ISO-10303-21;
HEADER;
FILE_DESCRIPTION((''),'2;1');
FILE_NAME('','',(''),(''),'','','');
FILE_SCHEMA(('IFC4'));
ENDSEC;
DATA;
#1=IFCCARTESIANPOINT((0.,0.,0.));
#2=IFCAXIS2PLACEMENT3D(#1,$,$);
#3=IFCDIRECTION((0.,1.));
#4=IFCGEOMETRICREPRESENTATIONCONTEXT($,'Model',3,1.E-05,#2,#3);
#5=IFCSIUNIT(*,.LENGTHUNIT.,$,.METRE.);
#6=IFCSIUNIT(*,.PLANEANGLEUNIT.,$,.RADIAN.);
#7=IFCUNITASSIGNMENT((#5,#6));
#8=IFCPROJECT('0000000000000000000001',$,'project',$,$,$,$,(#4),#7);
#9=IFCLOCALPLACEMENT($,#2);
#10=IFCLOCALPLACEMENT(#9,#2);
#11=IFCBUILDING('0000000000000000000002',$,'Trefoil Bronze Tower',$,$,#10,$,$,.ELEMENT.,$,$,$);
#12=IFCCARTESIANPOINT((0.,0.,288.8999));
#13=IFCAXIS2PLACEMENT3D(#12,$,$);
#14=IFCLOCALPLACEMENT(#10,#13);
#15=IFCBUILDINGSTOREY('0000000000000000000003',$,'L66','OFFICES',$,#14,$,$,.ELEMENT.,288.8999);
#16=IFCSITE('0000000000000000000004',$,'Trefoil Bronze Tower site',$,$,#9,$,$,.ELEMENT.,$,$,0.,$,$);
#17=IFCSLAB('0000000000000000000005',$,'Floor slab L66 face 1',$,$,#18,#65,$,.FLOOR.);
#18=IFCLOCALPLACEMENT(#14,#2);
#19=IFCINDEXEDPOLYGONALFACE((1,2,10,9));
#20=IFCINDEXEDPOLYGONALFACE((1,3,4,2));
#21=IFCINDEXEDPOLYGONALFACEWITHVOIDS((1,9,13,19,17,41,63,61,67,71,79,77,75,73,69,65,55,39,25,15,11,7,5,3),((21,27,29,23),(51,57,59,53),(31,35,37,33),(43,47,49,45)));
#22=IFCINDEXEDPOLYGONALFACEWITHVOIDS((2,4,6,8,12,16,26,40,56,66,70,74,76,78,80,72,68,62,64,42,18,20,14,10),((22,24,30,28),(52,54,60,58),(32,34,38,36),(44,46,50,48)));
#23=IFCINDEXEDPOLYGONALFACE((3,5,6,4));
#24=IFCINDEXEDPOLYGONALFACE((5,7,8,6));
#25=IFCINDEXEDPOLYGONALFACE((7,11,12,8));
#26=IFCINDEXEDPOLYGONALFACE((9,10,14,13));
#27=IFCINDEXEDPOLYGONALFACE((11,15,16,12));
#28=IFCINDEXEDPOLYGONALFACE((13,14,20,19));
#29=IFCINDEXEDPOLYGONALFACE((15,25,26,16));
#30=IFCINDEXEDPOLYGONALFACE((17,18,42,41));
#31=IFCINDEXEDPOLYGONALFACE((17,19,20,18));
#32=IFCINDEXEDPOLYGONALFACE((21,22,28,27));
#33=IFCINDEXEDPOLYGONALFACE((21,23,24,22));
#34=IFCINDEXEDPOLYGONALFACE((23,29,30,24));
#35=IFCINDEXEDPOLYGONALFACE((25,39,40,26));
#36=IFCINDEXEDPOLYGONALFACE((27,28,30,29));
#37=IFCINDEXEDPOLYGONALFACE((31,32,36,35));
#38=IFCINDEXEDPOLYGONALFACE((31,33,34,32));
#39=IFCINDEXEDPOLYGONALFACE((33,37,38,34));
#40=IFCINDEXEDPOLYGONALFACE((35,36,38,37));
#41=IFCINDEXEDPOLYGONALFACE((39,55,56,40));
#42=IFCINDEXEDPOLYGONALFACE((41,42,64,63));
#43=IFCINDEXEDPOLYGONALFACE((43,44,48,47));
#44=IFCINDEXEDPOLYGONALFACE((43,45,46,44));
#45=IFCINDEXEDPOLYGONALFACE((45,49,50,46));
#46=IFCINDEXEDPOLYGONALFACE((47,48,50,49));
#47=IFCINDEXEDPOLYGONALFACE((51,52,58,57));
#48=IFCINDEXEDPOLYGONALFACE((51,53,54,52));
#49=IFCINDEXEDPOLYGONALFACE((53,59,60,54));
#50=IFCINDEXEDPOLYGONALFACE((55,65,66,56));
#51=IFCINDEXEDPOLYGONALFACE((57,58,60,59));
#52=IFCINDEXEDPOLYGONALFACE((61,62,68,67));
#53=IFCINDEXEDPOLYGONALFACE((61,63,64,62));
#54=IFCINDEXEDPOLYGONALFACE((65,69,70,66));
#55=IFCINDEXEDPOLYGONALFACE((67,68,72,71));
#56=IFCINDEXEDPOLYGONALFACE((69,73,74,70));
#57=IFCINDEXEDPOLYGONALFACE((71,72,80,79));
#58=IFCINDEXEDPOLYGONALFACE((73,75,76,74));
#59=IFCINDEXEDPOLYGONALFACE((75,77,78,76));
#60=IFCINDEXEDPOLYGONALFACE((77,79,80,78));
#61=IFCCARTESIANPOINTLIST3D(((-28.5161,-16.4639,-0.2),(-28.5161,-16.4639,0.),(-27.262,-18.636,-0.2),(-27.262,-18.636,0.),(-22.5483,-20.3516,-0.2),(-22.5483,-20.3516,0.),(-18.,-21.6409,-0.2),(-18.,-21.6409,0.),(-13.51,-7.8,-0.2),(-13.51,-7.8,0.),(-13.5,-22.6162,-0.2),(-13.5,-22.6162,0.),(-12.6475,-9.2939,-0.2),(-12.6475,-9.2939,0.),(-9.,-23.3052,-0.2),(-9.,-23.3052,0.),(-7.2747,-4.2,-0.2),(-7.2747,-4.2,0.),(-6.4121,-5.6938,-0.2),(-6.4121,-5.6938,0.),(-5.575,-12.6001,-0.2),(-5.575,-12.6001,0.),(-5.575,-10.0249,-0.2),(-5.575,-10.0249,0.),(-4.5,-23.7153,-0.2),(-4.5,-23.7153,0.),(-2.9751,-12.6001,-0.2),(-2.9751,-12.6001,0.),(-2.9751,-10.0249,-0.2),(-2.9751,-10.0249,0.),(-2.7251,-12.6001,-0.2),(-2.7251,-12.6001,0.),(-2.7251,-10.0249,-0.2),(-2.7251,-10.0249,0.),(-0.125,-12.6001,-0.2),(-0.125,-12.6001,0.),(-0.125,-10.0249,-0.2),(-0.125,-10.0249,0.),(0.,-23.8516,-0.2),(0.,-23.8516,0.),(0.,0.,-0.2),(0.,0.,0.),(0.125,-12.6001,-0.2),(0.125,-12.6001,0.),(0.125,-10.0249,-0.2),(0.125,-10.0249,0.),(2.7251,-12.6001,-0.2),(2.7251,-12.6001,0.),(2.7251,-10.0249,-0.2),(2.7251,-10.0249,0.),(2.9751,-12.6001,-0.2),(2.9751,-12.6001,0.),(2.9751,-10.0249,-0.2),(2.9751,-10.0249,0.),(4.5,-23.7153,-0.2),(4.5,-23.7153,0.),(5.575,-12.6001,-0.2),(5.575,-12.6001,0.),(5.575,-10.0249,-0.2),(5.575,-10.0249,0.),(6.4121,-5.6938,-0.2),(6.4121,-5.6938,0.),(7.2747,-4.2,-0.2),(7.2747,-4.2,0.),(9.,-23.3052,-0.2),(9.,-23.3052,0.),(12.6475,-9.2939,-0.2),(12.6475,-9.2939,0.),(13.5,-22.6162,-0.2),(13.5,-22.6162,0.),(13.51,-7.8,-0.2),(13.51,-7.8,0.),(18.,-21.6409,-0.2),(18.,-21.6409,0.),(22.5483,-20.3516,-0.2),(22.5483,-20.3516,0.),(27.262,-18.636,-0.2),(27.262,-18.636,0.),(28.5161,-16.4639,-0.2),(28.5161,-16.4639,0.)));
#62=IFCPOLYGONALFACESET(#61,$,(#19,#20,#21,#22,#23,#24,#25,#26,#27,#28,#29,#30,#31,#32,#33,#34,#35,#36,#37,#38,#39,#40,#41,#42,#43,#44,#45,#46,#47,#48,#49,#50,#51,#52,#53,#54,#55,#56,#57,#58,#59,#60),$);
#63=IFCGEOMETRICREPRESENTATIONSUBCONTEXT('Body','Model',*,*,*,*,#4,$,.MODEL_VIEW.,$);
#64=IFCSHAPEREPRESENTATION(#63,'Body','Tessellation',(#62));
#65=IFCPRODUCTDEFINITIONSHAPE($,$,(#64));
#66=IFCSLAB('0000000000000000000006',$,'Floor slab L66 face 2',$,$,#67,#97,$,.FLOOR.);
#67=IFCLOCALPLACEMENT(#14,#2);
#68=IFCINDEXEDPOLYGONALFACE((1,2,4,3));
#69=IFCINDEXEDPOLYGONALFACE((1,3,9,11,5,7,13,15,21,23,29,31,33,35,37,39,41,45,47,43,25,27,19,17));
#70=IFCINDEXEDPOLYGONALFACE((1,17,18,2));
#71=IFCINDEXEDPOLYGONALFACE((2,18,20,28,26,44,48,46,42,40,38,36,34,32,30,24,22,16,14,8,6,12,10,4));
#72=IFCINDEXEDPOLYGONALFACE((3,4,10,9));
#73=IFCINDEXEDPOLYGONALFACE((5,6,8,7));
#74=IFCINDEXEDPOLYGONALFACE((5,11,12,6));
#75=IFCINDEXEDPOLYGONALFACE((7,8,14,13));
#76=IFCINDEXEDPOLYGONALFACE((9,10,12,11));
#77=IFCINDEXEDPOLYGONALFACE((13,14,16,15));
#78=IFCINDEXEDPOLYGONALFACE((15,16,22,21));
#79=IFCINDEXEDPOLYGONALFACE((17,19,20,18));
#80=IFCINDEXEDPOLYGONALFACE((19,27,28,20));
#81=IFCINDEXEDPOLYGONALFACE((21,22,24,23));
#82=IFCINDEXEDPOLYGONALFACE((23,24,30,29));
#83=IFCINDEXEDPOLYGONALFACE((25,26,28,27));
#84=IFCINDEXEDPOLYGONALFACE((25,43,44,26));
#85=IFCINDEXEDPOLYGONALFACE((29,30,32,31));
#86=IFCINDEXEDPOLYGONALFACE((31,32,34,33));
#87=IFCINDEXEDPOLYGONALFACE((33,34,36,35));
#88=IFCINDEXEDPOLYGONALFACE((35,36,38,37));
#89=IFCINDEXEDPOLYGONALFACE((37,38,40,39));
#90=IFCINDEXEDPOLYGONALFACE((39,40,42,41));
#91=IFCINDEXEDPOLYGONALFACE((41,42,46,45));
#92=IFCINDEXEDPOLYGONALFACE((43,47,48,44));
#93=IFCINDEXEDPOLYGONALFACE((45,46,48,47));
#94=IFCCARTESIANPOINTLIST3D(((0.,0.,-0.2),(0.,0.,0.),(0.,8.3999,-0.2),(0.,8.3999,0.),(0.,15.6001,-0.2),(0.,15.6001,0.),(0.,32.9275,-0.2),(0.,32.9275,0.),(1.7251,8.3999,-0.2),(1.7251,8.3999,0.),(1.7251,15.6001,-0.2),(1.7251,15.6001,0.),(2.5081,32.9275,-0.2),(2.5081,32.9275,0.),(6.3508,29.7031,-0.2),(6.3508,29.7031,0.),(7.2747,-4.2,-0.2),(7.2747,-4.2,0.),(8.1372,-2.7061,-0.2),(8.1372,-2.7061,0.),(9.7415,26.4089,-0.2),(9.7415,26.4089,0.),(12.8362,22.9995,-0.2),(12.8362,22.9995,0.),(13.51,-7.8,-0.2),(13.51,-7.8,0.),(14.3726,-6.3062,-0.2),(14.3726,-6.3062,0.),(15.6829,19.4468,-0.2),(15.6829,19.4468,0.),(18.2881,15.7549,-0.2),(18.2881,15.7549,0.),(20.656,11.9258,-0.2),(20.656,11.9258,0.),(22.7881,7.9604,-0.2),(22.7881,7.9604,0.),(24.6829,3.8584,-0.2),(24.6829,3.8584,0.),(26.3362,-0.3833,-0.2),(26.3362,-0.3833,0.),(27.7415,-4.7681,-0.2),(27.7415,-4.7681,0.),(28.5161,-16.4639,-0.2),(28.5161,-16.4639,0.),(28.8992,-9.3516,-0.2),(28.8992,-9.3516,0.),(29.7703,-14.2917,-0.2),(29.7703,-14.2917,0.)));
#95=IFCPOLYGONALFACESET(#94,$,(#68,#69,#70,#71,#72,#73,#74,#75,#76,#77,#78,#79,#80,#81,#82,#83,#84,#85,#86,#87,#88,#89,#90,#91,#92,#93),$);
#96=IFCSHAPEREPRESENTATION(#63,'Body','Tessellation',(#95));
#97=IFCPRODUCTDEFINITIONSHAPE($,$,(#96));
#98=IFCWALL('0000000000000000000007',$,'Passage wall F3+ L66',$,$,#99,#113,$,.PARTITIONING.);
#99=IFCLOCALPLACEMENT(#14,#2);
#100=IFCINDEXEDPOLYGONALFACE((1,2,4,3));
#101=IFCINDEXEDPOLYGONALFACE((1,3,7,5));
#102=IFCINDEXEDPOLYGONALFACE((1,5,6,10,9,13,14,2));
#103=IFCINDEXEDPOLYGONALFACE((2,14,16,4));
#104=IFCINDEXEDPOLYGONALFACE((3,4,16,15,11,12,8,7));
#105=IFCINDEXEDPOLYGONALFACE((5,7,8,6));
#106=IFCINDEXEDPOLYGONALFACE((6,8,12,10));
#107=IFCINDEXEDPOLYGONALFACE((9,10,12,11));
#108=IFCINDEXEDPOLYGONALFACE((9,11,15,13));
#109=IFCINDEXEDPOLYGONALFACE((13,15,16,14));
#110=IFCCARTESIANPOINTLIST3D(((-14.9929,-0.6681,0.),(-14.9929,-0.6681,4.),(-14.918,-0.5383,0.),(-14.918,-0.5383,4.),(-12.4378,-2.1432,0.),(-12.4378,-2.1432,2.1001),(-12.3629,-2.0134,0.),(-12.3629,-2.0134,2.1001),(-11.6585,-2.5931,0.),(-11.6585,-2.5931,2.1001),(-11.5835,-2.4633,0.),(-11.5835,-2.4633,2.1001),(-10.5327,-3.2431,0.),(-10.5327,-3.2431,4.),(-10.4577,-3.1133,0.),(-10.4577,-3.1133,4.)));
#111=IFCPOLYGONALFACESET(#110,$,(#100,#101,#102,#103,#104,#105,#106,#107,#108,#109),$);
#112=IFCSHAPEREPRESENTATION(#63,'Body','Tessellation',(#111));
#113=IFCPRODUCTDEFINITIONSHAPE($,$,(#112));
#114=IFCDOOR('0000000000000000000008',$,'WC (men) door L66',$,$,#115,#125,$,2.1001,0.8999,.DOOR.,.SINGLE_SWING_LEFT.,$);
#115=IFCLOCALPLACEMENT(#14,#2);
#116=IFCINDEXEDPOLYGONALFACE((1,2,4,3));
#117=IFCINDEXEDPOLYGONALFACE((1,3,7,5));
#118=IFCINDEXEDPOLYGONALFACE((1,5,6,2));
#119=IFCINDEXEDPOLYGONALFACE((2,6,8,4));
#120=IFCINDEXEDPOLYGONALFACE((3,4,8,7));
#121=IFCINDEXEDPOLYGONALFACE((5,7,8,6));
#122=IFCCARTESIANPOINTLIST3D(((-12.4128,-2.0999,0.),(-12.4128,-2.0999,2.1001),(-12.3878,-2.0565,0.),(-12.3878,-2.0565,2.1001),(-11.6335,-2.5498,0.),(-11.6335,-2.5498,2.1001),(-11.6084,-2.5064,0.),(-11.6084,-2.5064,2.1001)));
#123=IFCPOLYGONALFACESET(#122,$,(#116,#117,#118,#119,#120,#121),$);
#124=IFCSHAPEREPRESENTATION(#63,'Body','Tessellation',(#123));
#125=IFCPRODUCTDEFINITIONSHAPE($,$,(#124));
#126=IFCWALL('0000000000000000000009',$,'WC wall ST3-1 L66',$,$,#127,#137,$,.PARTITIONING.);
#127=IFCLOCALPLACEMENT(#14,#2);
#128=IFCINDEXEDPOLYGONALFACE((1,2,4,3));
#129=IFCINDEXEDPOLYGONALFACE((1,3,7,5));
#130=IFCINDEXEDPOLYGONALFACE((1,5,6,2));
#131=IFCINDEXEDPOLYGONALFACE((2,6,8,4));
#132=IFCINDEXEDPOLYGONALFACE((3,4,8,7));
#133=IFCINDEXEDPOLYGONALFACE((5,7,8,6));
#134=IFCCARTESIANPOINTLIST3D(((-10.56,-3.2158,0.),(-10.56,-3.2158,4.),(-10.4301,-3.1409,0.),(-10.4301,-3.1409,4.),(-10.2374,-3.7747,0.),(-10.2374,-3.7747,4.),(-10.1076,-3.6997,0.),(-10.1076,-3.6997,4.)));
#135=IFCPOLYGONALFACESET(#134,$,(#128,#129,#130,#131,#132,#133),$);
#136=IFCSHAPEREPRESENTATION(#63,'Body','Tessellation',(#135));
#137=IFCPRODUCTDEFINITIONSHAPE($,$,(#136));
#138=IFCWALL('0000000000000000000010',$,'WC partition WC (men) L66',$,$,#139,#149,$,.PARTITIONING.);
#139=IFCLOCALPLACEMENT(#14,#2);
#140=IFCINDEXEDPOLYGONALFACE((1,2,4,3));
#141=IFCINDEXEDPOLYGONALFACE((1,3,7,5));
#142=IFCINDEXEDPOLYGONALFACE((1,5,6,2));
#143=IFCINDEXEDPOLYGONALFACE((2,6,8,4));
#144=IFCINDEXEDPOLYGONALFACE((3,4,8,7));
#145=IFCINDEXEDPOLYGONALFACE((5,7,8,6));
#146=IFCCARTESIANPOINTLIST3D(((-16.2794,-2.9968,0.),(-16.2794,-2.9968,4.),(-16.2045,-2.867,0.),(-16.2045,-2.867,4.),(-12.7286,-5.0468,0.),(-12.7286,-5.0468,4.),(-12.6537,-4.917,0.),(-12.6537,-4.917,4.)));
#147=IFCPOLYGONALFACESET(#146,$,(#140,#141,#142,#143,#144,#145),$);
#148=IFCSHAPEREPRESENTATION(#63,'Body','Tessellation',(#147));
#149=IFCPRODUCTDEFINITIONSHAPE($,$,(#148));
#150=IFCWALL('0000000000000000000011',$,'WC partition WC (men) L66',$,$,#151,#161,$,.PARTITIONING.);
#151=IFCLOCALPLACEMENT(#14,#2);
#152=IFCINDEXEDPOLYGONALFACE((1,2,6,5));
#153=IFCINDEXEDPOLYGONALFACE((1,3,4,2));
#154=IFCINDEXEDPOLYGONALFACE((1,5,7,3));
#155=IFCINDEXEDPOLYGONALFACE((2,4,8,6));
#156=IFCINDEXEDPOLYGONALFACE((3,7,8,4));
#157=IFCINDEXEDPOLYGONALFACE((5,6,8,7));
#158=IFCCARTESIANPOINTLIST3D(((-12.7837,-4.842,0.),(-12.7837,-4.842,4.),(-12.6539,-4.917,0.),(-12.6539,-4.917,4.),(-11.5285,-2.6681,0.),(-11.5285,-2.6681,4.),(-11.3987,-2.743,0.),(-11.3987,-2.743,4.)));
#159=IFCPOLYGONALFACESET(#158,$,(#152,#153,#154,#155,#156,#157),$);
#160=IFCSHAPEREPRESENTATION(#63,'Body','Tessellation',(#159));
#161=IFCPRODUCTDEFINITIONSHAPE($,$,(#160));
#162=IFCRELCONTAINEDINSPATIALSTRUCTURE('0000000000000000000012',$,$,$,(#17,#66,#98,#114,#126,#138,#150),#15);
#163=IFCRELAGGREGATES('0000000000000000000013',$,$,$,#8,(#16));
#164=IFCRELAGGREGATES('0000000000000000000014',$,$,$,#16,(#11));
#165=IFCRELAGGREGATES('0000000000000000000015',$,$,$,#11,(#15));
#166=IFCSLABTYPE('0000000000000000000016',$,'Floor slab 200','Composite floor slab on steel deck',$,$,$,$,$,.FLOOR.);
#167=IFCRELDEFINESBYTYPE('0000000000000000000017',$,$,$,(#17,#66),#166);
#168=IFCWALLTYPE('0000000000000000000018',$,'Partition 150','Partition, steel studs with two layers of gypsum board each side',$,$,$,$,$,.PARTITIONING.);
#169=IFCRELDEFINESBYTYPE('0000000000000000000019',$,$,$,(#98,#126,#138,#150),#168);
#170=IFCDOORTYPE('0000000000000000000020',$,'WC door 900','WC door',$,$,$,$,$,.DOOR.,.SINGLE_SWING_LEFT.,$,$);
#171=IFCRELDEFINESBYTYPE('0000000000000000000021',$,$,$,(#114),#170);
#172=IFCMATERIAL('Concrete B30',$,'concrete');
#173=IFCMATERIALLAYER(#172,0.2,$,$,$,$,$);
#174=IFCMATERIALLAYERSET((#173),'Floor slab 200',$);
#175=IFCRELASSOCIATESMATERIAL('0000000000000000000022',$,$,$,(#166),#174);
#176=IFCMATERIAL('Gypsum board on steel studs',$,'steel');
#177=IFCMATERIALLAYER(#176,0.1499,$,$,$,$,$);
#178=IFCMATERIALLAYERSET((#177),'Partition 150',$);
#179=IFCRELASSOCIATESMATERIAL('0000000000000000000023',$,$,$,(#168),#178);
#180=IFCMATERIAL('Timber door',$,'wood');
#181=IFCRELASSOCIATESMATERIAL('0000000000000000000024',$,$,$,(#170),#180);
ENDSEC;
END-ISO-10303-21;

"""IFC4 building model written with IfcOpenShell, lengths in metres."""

from ifc_helpers import new_model, si_unit, direction, frame, frame_2d, origin, place, context, subcontext, project, spatial, polyline, rectangle, outline, extrude, material, layer, layer_set, type_object, element, fill, save


model = new_model("IFC4")

# Units and contexts
model_context = context("Model", 3, precision=1e-05, world=origin(), true_north=direction((0.0, 1.0)))
body_context = subcontext(model_context, "Body", "Model", "MODEL_VIEW")
ifc_project = project(units=[si_unit("LENGTHUNIT", "METRE"), si_unit("PLANEANGLEUNIT", "RADIAN")], contexts=[model_context])

# Site, building, storey
site_placement = place(None, origin())
site = spatial("IfcSite", under=ifc_project, at=site_placement, Name="Trefoil Bronze Tower site", CompositionType="ELEMENT", RefElevation=0.0)
building_placement = place(site_placement, origin())
building = spatial("IfcBuilding", under=site, at=building_placement, Name="Trefoil Bronze Tower", CompositionType="ELEMENT")
storey_placement = place(building_placement, frame((0.0, 0.0, 288.8999)))
storey = spatial("IfcBuildingStorey", under=building, at=storey_placement, Name="L66", Description="OFFICES", CompositionType="ELEMENT", Elevation=288.8999)

# Slabs
ifc_material_1 = material(Name="Concrete B30", Category="concrete")
ifc_layer_1 = layer(ifc_material_1, 0.2)
ifc_layer_set_1 = layer_set([ifc_layer_1], Name="Floor slab 200")
slab_type = type_object("IfcSlabType", Name="Floor slab 200", Description="Composite floor slab on steel deck", PredefinedType="FLOOR", material=ifc_layer_set_1)
slab_1_placement = place(storey_placement, frame((0.0, 0.0, -0.2)))
element("IfcSlab", 1, at=slab_1_placement, inside=storey, type_object=slab_type, Name="Floor slab L66 face 1", PredefinedType="FLOOR", context=body_context, shape_type="SweptSolid", body=[
    extrude(outline(polyline([(13.5, -22.6162), (9.0, -23.3052), (4.5, -23.7153), (0.0, -23.8516), (-4.5, -23.7153), (-9.0, -23.3052), (-13.5, -22.6162), (-18.0, -21.6409), (-22.5483, -20.3516), (-27.262, -18.636), (-28.5161, -16.4639), (-13.51, -7.8), (-12.6475, -9.2939), (-6.4121, -5.6938), (-7.2747, -4.2), (0.0, 0.0), (7.2747, -4.2), (6.4121, -5.6938), (12.6475, -9.2939), (13.51, -7.8), (28.5161, -16.4639), (27.262, -18.636), (22.5483, -20.3516), (18.0, -21.6409), (13.5, -22.6162)]), holes=[polyline([(-5.575, -10.0249), (-2.9751, -10.0249), (-2.9751, -12.6001), (-5.575, -12.6001), (-5.575, -10.0249)]), polyline([(-2.7251, -10.0249), (-0.125, -10.0249), (-0.125, -12.6001), (-2.7251, -12.6001), (-2.7251, -10.0249)]), polyline([(0.125, -10.0249), (2.7251, -10.0249), (2.7251, -12.6001), (0.125, -12.6001), (0.125, -10.0249)]), polyline([(2.9751, -10.0249), (5.575, -10.0249), (5.575, -12.6001), (2.9751, -12.6001), (2.9751, -10.0249)])]), origin(), (0.0, 0.0, 1.0), 0.2),
])
slab_2_placement = place(storey_placement, frame((0.0, 0.0, -0.2)))
element("IfcSlab", 2, at=slab_2_placement, inside=storey, type_object=slab_type, Name="Floor slab L66 face 2", PredefinedType="FLOOR", context=body_context, shape_type="SweptSolid", body=[
    extrude(outline(polyline([(12.8362, 22.9995), (15.6829, 19.4468), (18.2881, 15.7549), (20.656, 11.9258), (22.7881, 7.9604), (24.6829, 3.8584), (26.3362, -0.3833), (27.7415, -4.7681), (28.8992, -9.3516), (29.7703, -14.2917), (28.5161, -16.4639), (13.51, -7.8), (14.3726, -6.3062), (8.1372, -2.7061), (7.2747, -4.2), (0.0, 0.0), (0.0, 8.3999), (1.7251, 8.3999), (1.7251, 15.6001), (0.0, 15.6001), (0.0, 32.9275), (2.5081, 32.9275), (6.3508, 29.7031), (9.7415, 26.4089), (12.8362, 22.9995)])), origin(), (0.0, 0.0, 1.0), 0.2),
])

# Wall, opening, door
ifc_material_2 = material(Name="Gypsum board on steel studs", Category="steel")
ifc_layer_2 = layer(ifc_material_2, 0.1499)
ifc_layer_set_2 = layer_set([ifc_layer_2], Name="Partition 150")
wall_type_1 = type_object("IfcWallType", Name="Partition 150", Description="Partition, steel studs with two layers of gypsum board each side", PredefinedType="PARTITIONING", material=ifc_layer_set_2)
wall_1_placement = place(storey_placement, frame((-10.4951, -3.1782, 0.0), z_axis=(0.0, 0.0, 1.0), x_axis=(-0.866038, 0.499978, 0.0)))
wall_1 = element("IfcWall", 3, at=wall_1_placement, inside=storey, type_object=wall_type_1, Name="Passage wall F3+ L66", PredefinedType="PARTITIONING", context=body_context, shape_type="SweptSolid", body=[
    extrude(rectangle(XDim=5.1501, YDim=0.1499, at=frame_2d((2.5752, 0.0))), origin(), (0.0, 0.0, 1.0), 4.0),
])
opening_1_placement = place(wall_1_placement, frame((1.3, 0.0, 0.0)))
opening_1 = element("IfcOpeningElement", 4, at=opening_1_placement, cuts=wall_1, PredefinedType="OPENING", context=body_context, shape_type="SweptSolid", body=[
    extrude(rectangle(XDim=0.8999, YDim=2.1001, at=frame_2d((0.45, 1.05))), frame((0.0, 0.085, 0.0), z_axis=(0.0, -1.0, 0.0), x_axis=(1.0, 0.0, 0.0)), (0.0, 0.0, 1.0), 0.1699),
])
ifc_material_3 = material(Name="Timber door", Category="wood")
door_type_1 = type_object("IfcDoorType", Name="WC door 900", Description="WC door", OperationType="SINGLE_SWING_LEFT", PredefinedType="DOOR", material=ifc_material_3)
door_1_placement = place(opening_1_placement, origin())
door_1 = element("IfcDoor", 5, at=door_1_placement, inside=storey, type_object=door_type_1, Name="WC (men) door L66", OperationType="SINGLE_SWING_LEFT", OverallHeight=2.1001, OverallWidth=0.8999, PredefinedType="DOOR", context=body_context, shape_type="SweptSolid", body=[
    extrude(rectangle(XDim=0.8999, YDim=2.1001, at=frame_2d((0.45, 1.05))), frame((0.0, 0.0249, 0.0), z_axis=(0.0, -1.0, 0.0), x_axis=(1.0, 0.0, 0.0)), (0.0, 0.0, 1.0), 0.05),
])
fill(opening_1, door_1)

# Walls
wall_2_placement = place(storey_placement, frame((-10.4951, -3.1782, 0.0), z_axis=(0.0, 0.0, 1.0), x_axis=(0.499843, -0.866116, 0.0)))
element("IfcWall", 6, at=wall_2_placement, inside=storey, type_object=wall_type_1, Name="WC wall ST3-1 L66", PredefinedType="PARTITIONING", context=body_context, shape_type="SweptSolid", body=[
    extrude(rectangle(XDim=0.6453, YDim=0.1499, at=frame_2d((0.3228, 0.0))), origin(), (0.0, 0.0, 1.0), 4.0),
])
wall_3_placement = place(storey_placement, frame((-12.6912, -4.9819, 0.0), z_axis=(0.0, 0.0, 1.0), x_axis=(-0.866025, 0.500001, 0.0)))
element("IfcWall", 7, at=wall_3_placement, inside=storey, type_object=wall_type_1, Name="WC partition WC (men) L66", PredefinedType="PARTITIONING", context=body_context, shape_type="SweptSolid", body=[
    extrude(rectangle(XDim=4.1001, YDim=0.1499, at=frame_2d((2.05, 0.0))), origin(), (0.0, 0.0, 1.0), 4.0),
])
wall_4_placement = place(storey_placement, frame((-11.4636, -2.7056, 0.0), z_axis=(0.0, 0.0, 1.0), x_axis=(-0.50002, -0.866014, 0.0)))
element("IfcWall", 8, at=wall_4_placement, inside=storey, type_object=wall_type_1, Name="WC partition WC (men) L66", PredefinedType="PARTITIONING", context=body_context, shape_type="SweptSolid", body=[
    extrude(rectangle(XDim=2.5103, YDim=0.1499, at=frame_2d((1.2551, 0.0))), origin(), (0.0, 0.0, 1.0), 4.0),
])

save(model, "model.ifc")
